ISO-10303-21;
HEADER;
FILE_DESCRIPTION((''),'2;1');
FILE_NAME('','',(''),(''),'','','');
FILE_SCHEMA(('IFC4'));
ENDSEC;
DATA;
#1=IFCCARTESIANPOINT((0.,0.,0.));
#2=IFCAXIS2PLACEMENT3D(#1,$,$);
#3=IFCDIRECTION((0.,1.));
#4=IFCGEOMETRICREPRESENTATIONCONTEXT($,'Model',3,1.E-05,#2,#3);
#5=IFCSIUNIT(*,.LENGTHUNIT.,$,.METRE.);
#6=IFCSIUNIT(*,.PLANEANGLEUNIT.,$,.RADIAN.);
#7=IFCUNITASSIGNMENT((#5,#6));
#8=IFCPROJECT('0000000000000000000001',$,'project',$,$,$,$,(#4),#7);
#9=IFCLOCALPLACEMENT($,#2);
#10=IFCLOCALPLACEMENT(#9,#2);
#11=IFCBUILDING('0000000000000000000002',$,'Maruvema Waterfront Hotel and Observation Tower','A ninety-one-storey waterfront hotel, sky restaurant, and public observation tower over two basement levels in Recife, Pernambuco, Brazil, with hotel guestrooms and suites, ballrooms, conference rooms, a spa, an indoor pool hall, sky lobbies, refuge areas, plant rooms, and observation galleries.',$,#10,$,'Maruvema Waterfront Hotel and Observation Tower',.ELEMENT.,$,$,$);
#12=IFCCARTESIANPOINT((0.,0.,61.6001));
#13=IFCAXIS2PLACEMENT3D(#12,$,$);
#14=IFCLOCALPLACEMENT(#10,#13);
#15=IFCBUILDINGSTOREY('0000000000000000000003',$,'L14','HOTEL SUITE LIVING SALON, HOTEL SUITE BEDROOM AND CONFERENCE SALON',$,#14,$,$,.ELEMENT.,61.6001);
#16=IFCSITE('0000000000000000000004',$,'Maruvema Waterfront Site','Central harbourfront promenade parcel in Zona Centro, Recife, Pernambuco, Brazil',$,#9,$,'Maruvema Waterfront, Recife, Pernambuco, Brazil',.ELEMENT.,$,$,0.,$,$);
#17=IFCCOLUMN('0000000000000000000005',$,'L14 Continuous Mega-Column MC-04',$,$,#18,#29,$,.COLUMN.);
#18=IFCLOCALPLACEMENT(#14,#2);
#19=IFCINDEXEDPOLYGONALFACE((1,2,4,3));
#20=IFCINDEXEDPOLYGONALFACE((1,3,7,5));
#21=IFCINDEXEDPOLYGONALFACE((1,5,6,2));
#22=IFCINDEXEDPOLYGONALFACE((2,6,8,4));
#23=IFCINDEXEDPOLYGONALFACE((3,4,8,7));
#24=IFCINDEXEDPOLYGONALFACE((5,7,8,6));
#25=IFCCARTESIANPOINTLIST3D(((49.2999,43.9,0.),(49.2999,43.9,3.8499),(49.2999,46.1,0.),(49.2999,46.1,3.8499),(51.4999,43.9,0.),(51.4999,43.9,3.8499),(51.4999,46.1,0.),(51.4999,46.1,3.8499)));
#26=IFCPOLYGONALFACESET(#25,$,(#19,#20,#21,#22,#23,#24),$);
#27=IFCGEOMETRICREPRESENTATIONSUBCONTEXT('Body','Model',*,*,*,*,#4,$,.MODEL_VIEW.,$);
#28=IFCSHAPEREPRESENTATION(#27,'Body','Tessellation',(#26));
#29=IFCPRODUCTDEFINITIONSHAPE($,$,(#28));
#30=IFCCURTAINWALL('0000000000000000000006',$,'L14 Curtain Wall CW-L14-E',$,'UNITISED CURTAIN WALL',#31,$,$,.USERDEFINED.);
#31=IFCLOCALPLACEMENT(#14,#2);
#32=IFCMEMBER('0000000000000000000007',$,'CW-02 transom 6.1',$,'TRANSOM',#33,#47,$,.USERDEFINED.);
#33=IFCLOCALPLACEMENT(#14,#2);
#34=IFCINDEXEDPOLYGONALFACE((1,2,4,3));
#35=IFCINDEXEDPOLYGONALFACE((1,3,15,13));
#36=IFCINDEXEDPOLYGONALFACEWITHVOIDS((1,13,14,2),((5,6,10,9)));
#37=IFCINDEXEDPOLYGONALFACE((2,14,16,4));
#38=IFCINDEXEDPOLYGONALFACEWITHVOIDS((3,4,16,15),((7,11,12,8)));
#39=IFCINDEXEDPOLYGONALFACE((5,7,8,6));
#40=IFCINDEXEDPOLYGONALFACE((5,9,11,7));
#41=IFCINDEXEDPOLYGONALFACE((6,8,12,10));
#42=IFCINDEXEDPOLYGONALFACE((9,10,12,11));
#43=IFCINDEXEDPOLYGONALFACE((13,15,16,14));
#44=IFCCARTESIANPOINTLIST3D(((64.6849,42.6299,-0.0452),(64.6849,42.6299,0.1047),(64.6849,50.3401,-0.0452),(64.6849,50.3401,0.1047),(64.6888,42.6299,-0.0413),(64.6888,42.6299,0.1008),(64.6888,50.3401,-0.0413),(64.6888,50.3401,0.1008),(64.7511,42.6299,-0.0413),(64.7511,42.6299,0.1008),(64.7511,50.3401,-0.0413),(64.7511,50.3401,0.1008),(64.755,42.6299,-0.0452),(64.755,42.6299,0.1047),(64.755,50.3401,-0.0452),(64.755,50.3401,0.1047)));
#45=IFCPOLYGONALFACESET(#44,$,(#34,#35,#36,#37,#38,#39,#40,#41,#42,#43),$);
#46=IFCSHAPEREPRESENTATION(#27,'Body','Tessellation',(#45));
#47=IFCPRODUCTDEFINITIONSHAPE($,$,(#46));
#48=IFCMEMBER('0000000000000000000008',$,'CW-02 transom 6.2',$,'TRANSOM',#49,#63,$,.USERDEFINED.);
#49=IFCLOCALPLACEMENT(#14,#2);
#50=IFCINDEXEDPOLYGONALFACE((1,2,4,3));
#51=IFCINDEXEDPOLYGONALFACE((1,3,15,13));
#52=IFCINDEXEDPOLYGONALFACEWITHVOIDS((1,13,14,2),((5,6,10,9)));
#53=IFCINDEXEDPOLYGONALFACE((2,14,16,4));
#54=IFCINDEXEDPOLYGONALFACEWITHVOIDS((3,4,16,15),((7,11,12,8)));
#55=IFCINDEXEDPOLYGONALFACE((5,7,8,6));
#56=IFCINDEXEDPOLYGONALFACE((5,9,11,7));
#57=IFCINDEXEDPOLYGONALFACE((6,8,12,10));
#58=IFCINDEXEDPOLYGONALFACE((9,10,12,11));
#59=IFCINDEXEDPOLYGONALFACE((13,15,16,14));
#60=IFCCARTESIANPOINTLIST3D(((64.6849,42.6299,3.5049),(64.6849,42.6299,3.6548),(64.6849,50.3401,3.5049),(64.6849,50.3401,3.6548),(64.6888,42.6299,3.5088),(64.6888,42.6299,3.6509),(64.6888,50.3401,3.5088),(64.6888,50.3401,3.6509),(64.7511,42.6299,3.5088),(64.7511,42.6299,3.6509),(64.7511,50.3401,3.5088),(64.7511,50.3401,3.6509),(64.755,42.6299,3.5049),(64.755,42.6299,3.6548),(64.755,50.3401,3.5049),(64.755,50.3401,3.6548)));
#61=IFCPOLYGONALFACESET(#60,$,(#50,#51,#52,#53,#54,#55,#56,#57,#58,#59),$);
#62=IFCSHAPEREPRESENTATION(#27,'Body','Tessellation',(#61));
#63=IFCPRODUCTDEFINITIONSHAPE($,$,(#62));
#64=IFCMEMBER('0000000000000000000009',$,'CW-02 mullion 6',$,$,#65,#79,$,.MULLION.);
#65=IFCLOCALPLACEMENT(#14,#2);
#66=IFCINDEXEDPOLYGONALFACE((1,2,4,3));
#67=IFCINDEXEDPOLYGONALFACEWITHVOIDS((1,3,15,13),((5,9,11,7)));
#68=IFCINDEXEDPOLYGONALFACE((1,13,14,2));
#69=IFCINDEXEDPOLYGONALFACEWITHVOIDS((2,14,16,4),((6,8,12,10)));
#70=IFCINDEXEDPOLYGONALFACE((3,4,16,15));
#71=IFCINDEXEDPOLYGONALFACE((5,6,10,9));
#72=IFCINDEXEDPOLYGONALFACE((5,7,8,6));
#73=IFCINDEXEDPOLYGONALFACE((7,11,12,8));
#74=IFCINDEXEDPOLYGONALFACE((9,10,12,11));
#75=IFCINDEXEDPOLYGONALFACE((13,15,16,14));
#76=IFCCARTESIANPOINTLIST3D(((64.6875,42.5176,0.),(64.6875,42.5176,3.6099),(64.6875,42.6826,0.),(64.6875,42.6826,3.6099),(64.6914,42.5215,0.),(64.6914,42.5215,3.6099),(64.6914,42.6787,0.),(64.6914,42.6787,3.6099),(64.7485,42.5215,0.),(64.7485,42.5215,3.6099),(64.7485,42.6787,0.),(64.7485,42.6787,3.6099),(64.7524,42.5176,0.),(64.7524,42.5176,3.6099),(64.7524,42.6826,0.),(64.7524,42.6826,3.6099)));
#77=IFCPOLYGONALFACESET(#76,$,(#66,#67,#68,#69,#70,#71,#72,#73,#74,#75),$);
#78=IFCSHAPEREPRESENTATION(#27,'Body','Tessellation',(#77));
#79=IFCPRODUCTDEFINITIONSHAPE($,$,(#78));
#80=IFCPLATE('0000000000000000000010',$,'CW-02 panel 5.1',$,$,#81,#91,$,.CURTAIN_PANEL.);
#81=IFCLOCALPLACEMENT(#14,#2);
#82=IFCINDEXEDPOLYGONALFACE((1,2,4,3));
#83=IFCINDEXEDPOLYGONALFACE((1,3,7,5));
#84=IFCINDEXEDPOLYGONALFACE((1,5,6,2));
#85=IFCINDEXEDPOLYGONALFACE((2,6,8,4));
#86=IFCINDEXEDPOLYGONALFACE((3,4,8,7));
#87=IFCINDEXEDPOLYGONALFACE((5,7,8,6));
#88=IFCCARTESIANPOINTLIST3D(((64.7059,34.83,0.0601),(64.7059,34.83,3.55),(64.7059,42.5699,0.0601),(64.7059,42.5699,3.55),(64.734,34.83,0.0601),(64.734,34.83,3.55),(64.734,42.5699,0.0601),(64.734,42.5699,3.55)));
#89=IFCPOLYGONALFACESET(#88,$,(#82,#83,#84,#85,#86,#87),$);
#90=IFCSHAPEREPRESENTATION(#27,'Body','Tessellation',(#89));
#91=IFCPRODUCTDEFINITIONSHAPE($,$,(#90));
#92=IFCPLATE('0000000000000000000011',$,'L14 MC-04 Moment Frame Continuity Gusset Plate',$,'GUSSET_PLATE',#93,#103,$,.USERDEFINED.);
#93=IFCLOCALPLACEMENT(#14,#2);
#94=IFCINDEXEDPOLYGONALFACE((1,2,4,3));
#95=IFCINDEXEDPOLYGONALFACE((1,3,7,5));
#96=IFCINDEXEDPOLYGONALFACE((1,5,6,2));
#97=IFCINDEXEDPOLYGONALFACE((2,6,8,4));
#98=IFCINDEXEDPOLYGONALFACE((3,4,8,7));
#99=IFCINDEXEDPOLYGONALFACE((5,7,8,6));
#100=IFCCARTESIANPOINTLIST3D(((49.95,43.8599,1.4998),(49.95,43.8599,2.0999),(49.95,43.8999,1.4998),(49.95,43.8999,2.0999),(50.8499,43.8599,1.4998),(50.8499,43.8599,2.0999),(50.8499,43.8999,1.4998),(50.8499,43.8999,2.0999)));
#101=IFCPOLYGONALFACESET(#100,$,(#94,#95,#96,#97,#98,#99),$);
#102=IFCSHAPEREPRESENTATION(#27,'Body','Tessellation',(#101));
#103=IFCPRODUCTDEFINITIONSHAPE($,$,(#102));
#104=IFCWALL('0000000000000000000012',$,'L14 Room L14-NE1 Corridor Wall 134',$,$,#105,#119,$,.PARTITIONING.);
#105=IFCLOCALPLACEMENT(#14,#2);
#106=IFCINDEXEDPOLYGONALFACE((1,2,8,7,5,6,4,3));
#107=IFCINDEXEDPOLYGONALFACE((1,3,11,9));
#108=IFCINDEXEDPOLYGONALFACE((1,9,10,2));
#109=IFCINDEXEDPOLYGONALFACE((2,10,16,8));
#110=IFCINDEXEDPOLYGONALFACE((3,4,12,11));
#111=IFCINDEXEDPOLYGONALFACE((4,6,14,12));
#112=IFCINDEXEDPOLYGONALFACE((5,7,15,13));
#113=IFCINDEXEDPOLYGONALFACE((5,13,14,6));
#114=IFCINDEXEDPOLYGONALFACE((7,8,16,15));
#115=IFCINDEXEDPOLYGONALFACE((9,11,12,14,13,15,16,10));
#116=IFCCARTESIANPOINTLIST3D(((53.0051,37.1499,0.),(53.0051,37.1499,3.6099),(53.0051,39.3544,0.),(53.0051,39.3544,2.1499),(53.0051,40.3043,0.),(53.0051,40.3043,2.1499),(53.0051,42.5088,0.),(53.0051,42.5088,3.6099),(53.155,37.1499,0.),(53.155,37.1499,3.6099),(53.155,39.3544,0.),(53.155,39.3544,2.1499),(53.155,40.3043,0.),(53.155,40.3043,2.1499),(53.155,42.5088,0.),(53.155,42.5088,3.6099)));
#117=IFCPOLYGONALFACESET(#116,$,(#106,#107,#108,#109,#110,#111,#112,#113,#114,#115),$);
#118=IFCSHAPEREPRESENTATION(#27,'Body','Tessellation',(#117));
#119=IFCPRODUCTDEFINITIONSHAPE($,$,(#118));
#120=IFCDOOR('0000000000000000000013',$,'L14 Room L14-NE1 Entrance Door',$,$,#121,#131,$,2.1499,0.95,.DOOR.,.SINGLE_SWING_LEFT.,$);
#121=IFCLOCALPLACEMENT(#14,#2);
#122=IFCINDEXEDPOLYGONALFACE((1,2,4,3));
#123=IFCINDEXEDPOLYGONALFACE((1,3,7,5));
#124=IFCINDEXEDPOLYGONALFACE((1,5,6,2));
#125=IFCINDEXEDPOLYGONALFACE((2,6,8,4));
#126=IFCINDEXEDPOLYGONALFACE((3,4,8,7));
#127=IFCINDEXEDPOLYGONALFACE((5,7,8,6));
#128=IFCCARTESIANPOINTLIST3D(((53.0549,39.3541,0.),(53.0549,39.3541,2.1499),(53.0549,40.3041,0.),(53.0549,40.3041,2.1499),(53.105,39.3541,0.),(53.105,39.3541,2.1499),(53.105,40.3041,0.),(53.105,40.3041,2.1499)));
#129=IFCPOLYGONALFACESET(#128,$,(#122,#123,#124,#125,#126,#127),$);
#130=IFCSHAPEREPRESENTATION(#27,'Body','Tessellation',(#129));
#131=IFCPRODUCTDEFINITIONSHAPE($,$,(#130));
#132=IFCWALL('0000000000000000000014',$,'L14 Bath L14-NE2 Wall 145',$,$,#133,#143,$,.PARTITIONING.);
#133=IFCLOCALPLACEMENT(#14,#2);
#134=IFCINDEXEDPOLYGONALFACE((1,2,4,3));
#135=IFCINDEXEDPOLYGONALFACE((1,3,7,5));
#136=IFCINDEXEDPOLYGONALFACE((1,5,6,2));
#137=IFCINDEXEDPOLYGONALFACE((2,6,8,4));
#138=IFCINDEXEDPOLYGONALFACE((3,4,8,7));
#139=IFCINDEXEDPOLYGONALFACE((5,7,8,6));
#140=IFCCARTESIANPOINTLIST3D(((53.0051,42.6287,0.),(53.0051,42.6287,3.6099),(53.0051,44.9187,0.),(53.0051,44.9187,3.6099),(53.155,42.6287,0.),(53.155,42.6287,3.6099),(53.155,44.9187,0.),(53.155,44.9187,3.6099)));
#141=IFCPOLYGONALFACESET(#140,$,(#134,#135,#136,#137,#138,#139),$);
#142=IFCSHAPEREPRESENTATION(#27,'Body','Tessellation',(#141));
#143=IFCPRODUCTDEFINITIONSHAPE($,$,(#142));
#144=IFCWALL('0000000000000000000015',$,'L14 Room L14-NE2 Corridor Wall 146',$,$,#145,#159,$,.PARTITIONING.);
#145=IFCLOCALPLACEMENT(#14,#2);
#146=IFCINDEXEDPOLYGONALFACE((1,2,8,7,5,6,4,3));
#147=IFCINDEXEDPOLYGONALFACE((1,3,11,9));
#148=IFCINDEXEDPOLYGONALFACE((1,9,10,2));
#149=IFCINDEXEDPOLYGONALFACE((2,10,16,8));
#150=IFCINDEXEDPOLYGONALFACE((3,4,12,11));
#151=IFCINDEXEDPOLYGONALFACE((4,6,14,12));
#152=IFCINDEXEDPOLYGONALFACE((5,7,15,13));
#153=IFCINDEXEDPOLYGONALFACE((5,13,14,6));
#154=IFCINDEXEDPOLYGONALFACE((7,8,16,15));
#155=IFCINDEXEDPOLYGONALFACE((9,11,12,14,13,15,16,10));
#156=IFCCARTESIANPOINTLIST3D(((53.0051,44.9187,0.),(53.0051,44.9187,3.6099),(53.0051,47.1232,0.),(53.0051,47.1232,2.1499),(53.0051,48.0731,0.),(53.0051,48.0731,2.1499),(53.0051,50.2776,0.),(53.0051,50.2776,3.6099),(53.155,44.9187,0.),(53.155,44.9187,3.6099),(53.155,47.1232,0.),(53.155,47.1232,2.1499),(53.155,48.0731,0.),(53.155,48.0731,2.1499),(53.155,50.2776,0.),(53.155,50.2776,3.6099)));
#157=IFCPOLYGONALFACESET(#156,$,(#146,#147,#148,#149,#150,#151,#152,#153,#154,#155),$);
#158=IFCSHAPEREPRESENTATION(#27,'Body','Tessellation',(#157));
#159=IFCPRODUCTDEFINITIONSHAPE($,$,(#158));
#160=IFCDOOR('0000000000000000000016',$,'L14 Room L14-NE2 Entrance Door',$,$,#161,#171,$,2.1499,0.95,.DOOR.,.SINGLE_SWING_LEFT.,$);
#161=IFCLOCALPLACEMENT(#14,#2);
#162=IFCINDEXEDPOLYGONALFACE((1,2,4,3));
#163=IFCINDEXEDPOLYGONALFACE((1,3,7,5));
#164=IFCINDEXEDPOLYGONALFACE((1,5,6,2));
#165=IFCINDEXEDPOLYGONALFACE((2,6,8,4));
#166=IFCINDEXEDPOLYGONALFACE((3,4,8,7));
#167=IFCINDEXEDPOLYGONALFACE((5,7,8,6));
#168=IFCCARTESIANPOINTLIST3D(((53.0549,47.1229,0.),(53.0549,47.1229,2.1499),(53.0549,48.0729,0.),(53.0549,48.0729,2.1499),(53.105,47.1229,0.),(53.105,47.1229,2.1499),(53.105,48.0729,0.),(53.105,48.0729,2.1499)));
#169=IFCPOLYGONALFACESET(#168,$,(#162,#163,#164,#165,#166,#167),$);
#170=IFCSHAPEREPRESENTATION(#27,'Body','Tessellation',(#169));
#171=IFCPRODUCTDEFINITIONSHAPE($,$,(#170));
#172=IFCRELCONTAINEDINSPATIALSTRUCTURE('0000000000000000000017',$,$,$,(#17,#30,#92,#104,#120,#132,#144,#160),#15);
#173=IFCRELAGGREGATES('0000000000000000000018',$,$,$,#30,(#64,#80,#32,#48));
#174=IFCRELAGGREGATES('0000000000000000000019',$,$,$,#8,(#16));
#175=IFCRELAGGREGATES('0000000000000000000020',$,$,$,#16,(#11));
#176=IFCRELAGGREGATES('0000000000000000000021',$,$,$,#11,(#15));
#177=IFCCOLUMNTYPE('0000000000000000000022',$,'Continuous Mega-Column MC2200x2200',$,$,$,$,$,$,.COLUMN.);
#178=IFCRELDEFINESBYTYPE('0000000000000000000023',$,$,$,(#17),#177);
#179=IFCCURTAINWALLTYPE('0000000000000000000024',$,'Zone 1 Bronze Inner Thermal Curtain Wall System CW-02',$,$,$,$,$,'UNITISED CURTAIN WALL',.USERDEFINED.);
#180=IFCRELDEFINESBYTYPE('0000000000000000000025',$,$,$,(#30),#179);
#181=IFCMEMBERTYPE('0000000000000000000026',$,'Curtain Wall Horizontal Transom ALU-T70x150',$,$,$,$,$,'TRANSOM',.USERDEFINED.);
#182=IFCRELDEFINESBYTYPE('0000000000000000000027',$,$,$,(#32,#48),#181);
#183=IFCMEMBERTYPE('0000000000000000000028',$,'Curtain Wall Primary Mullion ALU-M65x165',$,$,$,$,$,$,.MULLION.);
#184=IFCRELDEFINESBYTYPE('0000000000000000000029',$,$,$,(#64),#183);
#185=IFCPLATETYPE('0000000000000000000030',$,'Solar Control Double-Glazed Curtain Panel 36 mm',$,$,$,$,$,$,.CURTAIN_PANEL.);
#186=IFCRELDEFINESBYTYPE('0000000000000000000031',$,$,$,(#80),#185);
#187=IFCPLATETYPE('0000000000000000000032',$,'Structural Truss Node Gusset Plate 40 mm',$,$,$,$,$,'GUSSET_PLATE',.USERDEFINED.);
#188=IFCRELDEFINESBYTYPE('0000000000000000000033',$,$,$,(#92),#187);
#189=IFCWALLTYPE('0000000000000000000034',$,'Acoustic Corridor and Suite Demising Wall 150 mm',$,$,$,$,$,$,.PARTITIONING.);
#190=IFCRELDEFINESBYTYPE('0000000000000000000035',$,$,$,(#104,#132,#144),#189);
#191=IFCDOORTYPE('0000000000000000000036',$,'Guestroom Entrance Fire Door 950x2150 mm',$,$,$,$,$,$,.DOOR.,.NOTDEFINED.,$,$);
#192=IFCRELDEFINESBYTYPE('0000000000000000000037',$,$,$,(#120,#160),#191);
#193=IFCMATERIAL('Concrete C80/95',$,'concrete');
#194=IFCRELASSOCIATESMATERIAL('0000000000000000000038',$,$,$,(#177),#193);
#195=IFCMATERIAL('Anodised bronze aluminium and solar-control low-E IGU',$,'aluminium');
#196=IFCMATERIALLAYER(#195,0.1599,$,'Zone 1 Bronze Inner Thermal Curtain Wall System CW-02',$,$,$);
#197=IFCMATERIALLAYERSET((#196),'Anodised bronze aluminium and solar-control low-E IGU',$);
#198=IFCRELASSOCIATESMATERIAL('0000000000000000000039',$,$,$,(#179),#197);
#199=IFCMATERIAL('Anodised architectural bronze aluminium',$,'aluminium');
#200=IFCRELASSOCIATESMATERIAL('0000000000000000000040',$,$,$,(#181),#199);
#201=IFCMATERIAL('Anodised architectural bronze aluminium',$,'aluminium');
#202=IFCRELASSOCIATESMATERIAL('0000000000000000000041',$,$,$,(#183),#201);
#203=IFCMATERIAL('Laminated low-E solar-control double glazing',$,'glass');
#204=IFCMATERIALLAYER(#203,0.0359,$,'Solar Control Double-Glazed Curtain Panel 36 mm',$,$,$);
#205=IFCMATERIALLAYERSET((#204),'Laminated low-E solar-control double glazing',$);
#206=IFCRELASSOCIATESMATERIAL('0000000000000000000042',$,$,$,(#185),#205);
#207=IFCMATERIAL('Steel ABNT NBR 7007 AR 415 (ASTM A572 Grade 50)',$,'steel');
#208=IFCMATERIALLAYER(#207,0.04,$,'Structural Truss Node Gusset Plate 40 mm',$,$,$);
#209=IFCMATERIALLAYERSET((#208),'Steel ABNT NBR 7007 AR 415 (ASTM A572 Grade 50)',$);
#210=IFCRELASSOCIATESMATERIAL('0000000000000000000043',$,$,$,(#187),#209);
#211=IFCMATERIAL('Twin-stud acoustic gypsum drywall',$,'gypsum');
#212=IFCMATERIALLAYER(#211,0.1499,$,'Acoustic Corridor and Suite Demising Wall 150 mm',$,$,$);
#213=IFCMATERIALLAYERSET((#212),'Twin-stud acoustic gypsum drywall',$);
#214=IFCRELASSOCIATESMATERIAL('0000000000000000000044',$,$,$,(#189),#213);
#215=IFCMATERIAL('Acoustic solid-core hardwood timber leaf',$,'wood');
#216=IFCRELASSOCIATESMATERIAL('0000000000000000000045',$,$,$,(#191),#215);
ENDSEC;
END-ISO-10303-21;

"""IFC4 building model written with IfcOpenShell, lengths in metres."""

from ifc_helpers import new_model, si_unit, direction, frame, frame_2d, origin, origin_2d, place, context, subcontext, project, spatial, rectangle, hollow_rectangle, extrude, material, layer, layer_set, material_profile, profile_set, type_object, element, fill, aggregate, save


model = new_model("IFC4")

# Units and contexts
model_context = context("Model", 3, precision=1e-05, world=origin(), true_north=direction((0.0, 1.0)))
body_context = subcontext(model_context, "Body", "Model", "MODEL_VIEW")
ifc_project = project(units=[si_unit("LENGTHUNIT", "METRE"), si_unit("PLANEANGLEUNIT", "RADIAN")], contexts=[model_context])

# Site, building, storey
site_placement = place(None, origin())
site = spatial("IfcSite", under=ifc_project, at=site_placement, Name="Maruvema Waterfront Site", Description="Central harbourfront promenade parcel in Zona Centro, Recife, Pernambuco, Brazil", LongName="Maruvema Waterfront, Recife, Pernambuco, Brazil", CompositionType="ELEMENT", RefElevation=0.0)
building_placement = place(site_placement, origin())
building = spatial("IfcBuilding", under=site, at=building_placement, Name="Maruvema Waterfront Hotel and Observation Tower", Description="A ninety-one-storey waterfront hotel, sky restaurant, and public observation tower over two basement levels in Recife, Pernambuco, Brazil, with hotel guestrooms and suites, ballrooms, conference rooms, a spa, an indoor pool hall, sky lobbies, refuge areas, plant rooms, and observation galleries.", LongName="Maruvema Waterfront Hotel and Observation Tower", CompositionType="ELEMENT")
storey_placement = place(building_placement, frame((0.0, 0.0, 61.6001)))
storey = spatial("IfcBuildingStorey", under=building, at=storey_placement, Name="L14", Description="HOTEL SUITE LIVING SALON, HOTEL SUITE BEDROOM AND CONFERENCE SALON", CompositionType="ELEMENT", Elevation=61.6001)

# Column
ifc_material_1 = material(Name="Concrete C80/95", Category="concrete")
ifc_material_profile_1 = material_profile(ifc_material_1, rectangle(XDim=2.2, YDim=2.2, at=origin_2d()), Name="MC2200x2200")
ifc_profile_set_1 = profile_set([ifc_material_profile_1], Name="Concrete C80/95")
column_type = type_object("IfcColumnType", Name="Continuous Mega-Column MC2200x2200", PredefinedType="COLUMN", material=ifc_profile_set_1)
column_placement = place(storey_placement, frame((50.3999, 45.0, 0.0), z_axis=(0.0, 0.0, 1.0), x_axis=(1.0, 0.0, 0.0)))
element("IfcColumn", 1, at=column_placement, inside=storey, type_object=column_type, Name="L14 Continuous Mega-Column MC-04", PredefinedType="COLUMN", context=body_context, shape_type="SweptSolid", body=[
    extrude(rectangle(XDim=2.2, YDim=2.2, at=origin_2d()), origin(), (0.0, 0.0, 1.0), 3.8499),
])

# Curtain wall, members, plate
ifc_material_2 = material(Name="Anodised bronze aluminium and solar-control low-E IGU", Category="aluminium")
ifc_layer_1 = layer(ifc_material_2, 0.1599, Name="Zone 1 Bronze Inner Thermal Curtain Wall System CW-02")
ifc_layer_set_1 = layer_set([ifc_layer_1], Name="Anodised bronze aluminium and solar-control low-E IGU")
curtain_wall_type = type_object("IfcCurtainWallType", Name="Zone 1 Bronze Inner Thermal Curtain Wall System CW-02", ElementType="UNITISED CURTAIN WALL", PredefinedType="USERDEFINED", material=ifc_layer_set_1)
curtain_wall_placement = place(storey_placement, origin())
curtain_wall = element("IfcCurtainWall", 2, at=curtain_wall_placement, inside=storey, type_object=curtain_wall_type, Name="L14 Curtain Wall CW-L14-E", ObjectType="UNITISED CURTAIN WALL", PredefinedType="USERDEFINED")
ifc_material_3 = material(Name="Anodised architectural bronze aluminium", Category="aluminium")
ifc_material_profile_2 = material_profile(ifc_material_3, hollow_rectangle(XDim=0.0701, YDim=0.1499, WallThickness=0.0039, at=origin_2d()), Name="ALU-T70x150")
ifc_profile_set_2 = profile_set([ifc_material_profile_2], Name="Anodised architectural bronze aluminium")
member_type_1 = type_object("IfcMemberType", Name="Curtain Wall Horizontal Transom ALU-T70x150", ElementType="TRANSOM", PredefinedType="USERDEFINED", material=ifc_profile_set_2)
member_1_placement = place(storey_placement, frame((64.72, 42.6299, 0.0298), z_axis=(0.0, 1.0, 0.0), x_axis=(-1.0, 0.0, 0.0)))
member_1 = element("IfcMember", 3, at=member_1_placement, type_object=member_type_1, Name="CW-02 transom 6.1", ObjectType="TRANSOM", PredefinedType="USERDEFINED", context=body_context, shape_type="SweptSolid", body=[
    extrude(hollow_rectangle(XDim=0.0701, YDim=0.1499, WallThickness=0.0039, at=origin_2d()), origin(), (0.0, 0.0, 1.0), 7.7102),
])
member_2_placement = place(storey_placement, frame((64.72, 42.6299, 3.5798), z_axis=(0.0, 1.0, 0.0), x_axis=(-1.0, 0.0, 0.0)))
member_2 = element("IfcMember", 4, at=member_2_placement, type_object=member_type_1, Name="CW-02 transom 6.2", ObjectType="TRANSOM", PredefinedType="USERDEFINED", context=body_context, shape_type="SweptSolid", body=[
    extrude(hollow_rectangle(XDim=0.0701, YDim=0.1499, WallThickness=0.0039, at=origin_2d()), origin(), (0.0, 0.0, 1.0), 7.7102),
])
ifc_material_4 = material(Name="Anodised architectural bronze aluminium", Category="aluminium")
ifc_material_profile_3 = material_profile(ifc_material_4, hollow_rectangle(XDim=0.0649, YDim=0.165, WallThickness=0.0039, at=origin_2d()), Name="ALU-M65x165")
ifc_profile_set_3 = profile_set([ifc_material_profile_3], Name="Anodised architectural bronze aluminium")
member_type_2 = type_object("IfcMemberType", Name="Curtain Wall Primary Mullion ALU-M65x165", PredefinedType="MULLION", material=ifc_profile_set_3)
member_3_placement = place(storey_placement, frame((64.72, 42.6001, 0.0), z_axis=(0.0, 0.0, 1.0), x_axis=(-1.0, 0.0, 0.0)))
member_3 = element("IfcMember", 5, at=member_3_placement, type_object=member_type_2, Name="CW-02 mullion 6", PredefinedType="MULLION", context=body_context, shape_type="SweptSolid", body=[
    extrude(hollow_rectangle(XDim=0.0649, YDim=0.165, WallThickness=0.0039, at=origin_2d()), origin(), (0.0, 0.0, 1.0), 3.6099),
])
ifc_material_5 = material(Name="Laminated low-E solar-control double glazing", Category="glass")
ifc_layer_2 = layer(ifc_material_5, 0.0359, Name="Solar Control Double-Glazed Curtain Panel 36 mm")
ifc_layer_set_2 = layer_set([ifc_layer_2], Name="Laminated low-E solar-control double glazing")
plate_type_1 = type_object("IfcPlateType", Name="Solar Control Double-Glazed Curtain Panel 36 mm", PredefinedType="CURTAIN_PANEL", material=ifc_layer_set_2)
plate_1_placement = place(storey_placement, frame((64.72, 38.7, 0.0601), z_axis=(0.0, 0.0, 1.0), x_axis=(0.0, 1.0, 0.0)))
plate_1 = element("IfcPlate", 6, at=plate_1_placement, type_object=plate_type_1, Name="CW-02 panel 5.1", PredefinedType="CURTAIN_PANEL", context=body_context, shape_type="SweptSolid", body=[
    extrude(rectangle(XDim=7.74, YDim=0.0281, at=origin_2d()), origin(), (0.0, 0.0, 1.0), 3.49),
])
aggregate(curtain_wall, [member_3, plate_1, member_1, member_2])

# Plate
ifc_material_6 = material(Name="Steel ABNT NBR 7007 AR 415 (ASTM A572 Grade 50)", Category="steel")
ifc_layer_3 = layer(ifc_material_6, 0.04, Name="Structural Truss Node Gusset Plate 40 mm")
ifc_layer_set_3 = layer_set([ifc_layer_3], Name="Steel ABNT NBR 7007 AR 415 (ASTM A572 Grade 50)")
plate_type_2 = type_object("IfcPlateType", Name="Structural Truss Node Gusset Plate 40 mm", ElementType="GUSSET_PLATE", PredefinedType="USERDEFINED", material=ifc_layer_set_3)
plate_2_placement = place(storey_placement, frame((50.3999, 43.8799, 1.4998), z_axis=(0.0, 0.0, 1.0), x_axis=(1.0, 0.0, 0.0)))
element("IfcPlate", 7, at=plate_2_placement, inside=storey, type_object=plate_type_2, Name="L14 MC-04 Moment Frame Continuity Gusset Plate", ObjectType="GUSSET_PLATE", PredefinedType="USERDEFINED", context=body_context, shape_type="SweptSolid", body=[
    extrude(rectangle(XDim=0.8999, YDim=0.04, at=origin_2d()), origin(), (0.0, 0.0, 1.0), 0.6001),
])

# Wall, opening, door
ifc_material_7 = material(Name="Twin-stud acoustic gypsum drywall", Category="gypsum")
ifc_layer_4 = layer(ifc_material_7, 0.1499, Name="Acoustic Corridor and Suite Demising Wall 150 mm")
ifc_layer_set_4 = layer_set([ifc_layer_4], Name="Twin-stud acoustic gypsum drywall")
wall_type_1 = type_object("IfcWallType", Name="Acoustic Corridor and Suite Demising Wall 150 mm", PredefinedType="PARTITIONING", material=ifc_layer_set_4)
wall_1_placement = place(storey_placement, frame((53.0801, 37.1499, 0.0), z_axis=(0.0, 0.0, 1.0), x_axis=(0.0, 1.0, 0.0)))
wall_1 = element("IfcWall", 8, at=wall_1_placement, inside=storey, type_object=wall_type_1, Name="L14 Room L14-NE1 Corridor Wall 134", PredefinedType="PARTITIONING", context=body_context, shape_type="SweptSolid", body=[
    extrude(rectangle(XDim=5.3589, YDim=0.1499, at=frame_2d((2.6794, 0.0))), origin(), (0.0, 0.0, 1.0), 3.6099),
])
opening_1_placement = place(wall_1_placement, frame((2.2043, 0.0, 0.0)))
opening_1 = element("IfcOpeningElement", 9, at=opening_1_placement, cuts=wall_1, PredefinedType="OPENING", context=body_context, shape_type="SweptSolid", body=[
    extrude(rectangle(XDim=0.95, YDim=2.1499, at=frame_2d((0.4751, 1.075))), frame((0.0, 0.085, 0.0), z_axis=(0.0, -1.0, 0.0), x_axis=(1.0, 0.0, 0.0)), (0.0, 0.0, 1.0), 0.1699),
])
ifc_material_8 = material(Name="Acoustic solid-core hardwood timber leaf", Category="wood")
door_type_1 = type_object("IfcDoorType", Name="Guestroom Entrance Fire Door 950x2150 mm", OperationType="NOTDEFINED", PredefinedType="DOOR", material=ifc_material_8)
door_1_placement = place(opening_1_placement, frame((0.95, 0.0, 0.0), z_axis=(0.0, 0.0, 1.0), x_axis=(-1.0, 0.0, 0.0)))
door_1 = element("IfcDoor", 10, at=door_1_placement, inside=storey, type_object=door_type_1, Name="L14 Room L14-NE1 Entrance Door", OperationType="SINGLE_SWING_LEFT", OverallHeight=2.1499, OverallWidth=0.95, PredefinedType="DOOR", context=body_context, shape_type="SweptSolid", body=[
    extrude(rectangle(XDim=0.95, YDim=2.1499, at=frame_2d((0.4751, 1.075))), frame((0.0, 0.0249, 0.0), z_axis=(0.0, -1.0, 0.0), x_axis=(1.0, 0.0, 0.0)), (0.0, 0.0, 1.0), 0.05),
])
fill(opening_1, door_1)

# Wall
wall_2_placement = place(storey_placement, frame((53.0801, 42.6287, 0.0), z_axis=(0.0, 0.0, 1.0), x_axis=(0.0, 1.0, 0.0)))
element("IfcWall", 11, at=wall_2_placement, inside=storey, type_object=wall_type_1, Name="L14 Bath L14-NE2 Wall 145", PredefinedType="PARTITIONING", context=body_context, shape_type="SweptSolid", body=[
    extrude(rectangle(XDim=2.29, YDim=0.1499, at=frame_2d((1.145, 0.0))), origin(), (0.0, 0.0, 1.0), 3.6099),
])

# Wall, opening, door
wall_3_placement = place(storey_placement, frame((53.0801, 44.9187, 0.0), z_axis=(0.0, 0.0, 1.0), x_axis=(0.0, 1.0, 0.0)))
wall_3 = element("IfcWall", 12, at=wall_3_placement, inside=storey, type_object=wall_type_1, Name="L14 Room L14-NE2 Corridor Wall 146", PredefinedType="PARTITIONING", context=body_context, shape_type="SweptSolid", body=[
    extrude(rectangle(XDim=5.3589, YDim=0.1499, at=frame_2d((2.6794, 0.0))), origin(), (0.0, 0.0, 1.0), 3.6099),
])
opening_2_placement = place(wall_3_placement, frame((2.2043, 0.0, 0.0)))
opening_2 = element("IfcOpeningElement", 13, at=opening_2_placement, cuts=wall_3, PredefinedType="OPENING", context=body_context, shape_type="SweptSolid", body=[
    extrude(rectangle(XDim=0.95, YDim=2.1499, at=frame_2d((0.4751, 1.075))), frame((0.0, 0.085, 0.0), z_axis=(0.0, -1.0, 0.0), x_axis=(1.0, 0.0, 0.0)), (0.0, 0.0, 1.0), 0.1699),
])
door_2_placement = place(opening_2_placement, frame((0.95, 0.0, 0.0), z_axis=(0.0, 0.0, 1.0), x_axis=(-1.0, 0.0, 0.0)))
door_2 = element("IfcDoor", 14, at=door_2_placement, inside=storey, type_object=door_type_1, Name="L14 Room L14-NE2 Entrance Door", OperationType="SINGLE_SWING_LEFT", OverallHeight=2.1499, OverallWidth=0.95, PredefinedType="DOOR", context=body_context, shape_type="SweptSolid", body=[
    extrude(rectangle(XDim=0.95, YDim=2.1499, at=frame_2d((0.4751, 1.075))), frame((0.0, 0.0249, 0.0), z_axis=(0.0, -1.0, 0.0), x_axis=(1.0, 0.0, 0.0)), (0.0, 0.0, 1.0), 0.05),
])
fill(opening_2, door_2)

save(model, "model.ifc")
